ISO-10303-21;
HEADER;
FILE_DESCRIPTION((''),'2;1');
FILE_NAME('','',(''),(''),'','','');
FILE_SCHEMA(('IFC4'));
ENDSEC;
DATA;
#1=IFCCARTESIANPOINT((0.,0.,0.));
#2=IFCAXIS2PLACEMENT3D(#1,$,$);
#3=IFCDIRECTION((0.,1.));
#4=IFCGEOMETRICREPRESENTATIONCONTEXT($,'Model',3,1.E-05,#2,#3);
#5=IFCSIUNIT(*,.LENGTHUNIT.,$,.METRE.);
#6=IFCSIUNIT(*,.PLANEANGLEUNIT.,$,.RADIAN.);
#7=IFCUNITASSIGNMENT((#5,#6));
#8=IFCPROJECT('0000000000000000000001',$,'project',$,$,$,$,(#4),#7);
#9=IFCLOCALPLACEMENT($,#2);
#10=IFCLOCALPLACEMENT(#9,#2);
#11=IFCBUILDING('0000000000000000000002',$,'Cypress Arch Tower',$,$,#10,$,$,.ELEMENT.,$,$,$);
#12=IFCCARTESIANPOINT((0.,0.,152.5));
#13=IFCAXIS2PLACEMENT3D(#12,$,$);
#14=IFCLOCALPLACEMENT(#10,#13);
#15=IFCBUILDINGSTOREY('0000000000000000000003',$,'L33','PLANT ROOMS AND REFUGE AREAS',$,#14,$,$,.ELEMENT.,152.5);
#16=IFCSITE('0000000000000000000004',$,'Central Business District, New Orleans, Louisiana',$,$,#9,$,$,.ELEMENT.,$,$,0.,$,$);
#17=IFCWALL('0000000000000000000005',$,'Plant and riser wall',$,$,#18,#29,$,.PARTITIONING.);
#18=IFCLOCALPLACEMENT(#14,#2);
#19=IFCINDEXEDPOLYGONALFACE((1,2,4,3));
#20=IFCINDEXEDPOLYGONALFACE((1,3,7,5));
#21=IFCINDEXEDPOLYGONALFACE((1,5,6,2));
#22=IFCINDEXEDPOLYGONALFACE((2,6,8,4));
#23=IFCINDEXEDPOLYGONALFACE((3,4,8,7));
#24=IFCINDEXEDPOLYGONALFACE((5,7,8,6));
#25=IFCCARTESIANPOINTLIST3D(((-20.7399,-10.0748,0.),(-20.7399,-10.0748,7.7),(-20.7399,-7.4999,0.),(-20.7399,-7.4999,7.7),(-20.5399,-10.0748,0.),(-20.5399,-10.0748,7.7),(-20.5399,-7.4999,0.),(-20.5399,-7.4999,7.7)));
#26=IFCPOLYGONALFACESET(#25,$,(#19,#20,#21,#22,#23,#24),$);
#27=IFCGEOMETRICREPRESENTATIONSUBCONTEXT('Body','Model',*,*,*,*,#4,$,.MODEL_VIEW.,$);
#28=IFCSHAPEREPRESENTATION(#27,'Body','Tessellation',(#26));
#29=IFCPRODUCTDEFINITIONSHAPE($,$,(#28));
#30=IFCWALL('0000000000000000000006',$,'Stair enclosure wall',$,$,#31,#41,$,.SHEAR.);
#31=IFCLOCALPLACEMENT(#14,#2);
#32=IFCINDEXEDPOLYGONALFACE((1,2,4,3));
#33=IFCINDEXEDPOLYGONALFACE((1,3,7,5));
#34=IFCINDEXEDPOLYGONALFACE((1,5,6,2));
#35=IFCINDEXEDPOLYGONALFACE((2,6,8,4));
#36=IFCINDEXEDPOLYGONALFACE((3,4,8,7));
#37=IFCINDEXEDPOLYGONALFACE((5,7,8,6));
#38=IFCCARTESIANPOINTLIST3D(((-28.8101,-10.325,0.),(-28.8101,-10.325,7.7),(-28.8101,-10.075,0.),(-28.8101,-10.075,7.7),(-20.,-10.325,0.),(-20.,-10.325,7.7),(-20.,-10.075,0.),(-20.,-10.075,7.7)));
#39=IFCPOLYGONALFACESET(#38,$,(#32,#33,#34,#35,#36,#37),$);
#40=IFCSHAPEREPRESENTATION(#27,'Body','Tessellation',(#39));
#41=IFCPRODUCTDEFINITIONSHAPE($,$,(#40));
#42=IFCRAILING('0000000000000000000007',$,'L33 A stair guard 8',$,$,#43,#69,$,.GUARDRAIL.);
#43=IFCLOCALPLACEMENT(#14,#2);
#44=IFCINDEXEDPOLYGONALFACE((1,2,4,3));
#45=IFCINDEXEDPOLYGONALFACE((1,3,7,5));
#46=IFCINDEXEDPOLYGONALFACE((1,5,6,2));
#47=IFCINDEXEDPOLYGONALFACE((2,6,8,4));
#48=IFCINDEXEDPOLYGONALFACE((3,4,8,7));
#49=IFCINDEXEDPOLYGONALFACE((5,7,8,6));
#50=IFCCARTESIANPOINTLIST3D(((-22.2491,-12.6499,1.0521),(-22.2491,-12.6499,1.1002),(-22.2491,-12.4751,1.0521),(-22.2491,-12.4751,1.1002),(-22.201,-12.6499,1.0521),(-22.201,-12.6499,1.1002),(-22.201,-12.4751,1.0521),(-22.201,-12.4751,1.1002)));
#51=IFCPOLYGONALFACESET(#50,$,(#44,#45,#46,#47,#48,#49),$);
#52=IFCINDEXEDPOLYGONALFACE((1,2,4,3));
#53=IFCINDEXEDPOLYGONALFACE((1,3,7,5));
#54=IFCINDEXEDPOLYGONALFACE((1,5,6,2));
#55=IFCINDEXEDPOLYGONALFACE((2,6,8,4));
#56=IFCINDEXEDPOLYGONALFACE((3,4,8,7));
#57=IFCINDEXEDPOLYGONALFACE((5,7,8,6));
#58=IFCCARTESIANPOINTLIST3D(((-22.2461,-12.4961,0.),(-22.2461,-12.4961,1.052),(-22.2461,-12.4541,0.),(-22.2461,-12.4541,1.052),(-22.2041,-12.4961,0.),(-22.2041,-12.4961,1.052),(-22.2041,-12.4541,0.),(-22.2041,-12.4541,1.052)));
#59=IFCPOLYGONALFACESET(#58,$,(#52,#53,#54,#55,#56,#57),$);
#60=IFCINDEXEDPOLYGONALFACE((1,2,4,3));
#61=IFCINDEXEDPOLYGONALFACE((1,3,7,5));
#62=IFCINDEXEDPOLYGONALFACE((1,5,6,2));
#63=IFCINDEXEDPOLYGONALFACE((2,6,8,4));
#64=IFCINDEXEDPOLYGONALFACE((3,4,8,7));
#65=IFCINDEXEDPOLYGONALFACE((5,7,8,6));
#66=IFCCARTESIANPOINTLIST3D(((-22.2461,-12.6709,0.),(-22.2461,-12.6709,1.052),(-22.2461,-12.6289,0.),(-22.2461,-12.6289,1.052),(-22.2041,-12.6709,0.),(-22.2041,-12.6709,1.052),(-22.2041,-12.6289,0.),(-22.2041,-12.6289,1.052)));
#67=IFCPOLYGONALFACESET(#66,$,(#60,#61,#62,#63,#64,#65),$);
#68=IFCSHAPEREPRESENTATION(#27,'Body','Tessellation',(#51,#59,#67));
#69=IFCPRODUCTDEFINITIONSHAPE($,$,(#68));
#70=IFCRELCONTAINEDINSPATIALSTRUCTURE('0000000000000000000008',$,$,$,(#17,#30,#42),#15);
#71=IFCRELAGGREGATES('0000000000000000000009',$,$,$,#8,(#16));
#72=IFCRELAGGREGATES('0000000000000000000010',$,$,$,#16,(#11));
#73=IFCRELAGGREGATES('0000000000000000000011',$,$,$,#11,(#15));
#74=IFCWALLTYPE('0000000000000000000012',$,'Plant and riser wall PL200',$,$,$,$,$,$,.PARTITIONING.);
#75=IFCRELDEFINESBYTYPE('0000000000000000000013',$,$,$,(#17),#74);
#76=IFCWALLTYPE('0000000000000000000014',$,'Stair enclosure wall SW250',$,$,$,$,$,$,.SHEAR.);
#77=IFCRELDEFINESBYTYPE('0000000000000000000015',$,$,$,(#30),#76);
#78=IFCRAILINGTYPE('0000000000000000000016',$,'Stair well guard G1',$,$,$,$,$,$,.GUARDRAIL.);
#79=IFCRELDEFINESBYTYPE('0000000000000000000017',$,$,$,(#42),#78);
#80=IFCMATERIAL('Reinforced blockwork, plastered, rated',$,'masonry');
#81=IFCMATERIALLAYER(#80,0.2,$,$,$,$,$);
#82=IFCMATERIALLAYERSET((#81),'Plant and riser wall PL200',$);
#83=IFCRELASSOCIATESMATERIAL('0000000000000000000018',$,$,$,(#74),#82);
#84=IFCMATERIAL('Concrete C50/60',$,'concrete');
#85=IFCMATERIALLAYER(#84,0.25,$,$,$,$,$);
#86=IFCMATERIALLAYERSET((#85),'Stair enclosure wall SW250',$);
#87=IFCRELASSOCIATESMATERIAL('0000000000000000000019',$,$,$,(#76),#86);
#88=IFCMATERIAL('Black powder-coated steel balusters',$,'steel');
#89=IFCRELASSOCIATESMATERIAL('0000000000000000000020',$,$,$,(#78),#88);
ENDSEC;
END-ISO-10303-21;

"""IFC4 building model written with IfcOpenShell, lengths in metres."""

from ifc_helpers import new_model, si_unit, direction, frame, frame_2d, origin, origin_2d, place, context, subcontext, project, spatial, rectangle, extrude, material, layer, layer_set, type_object, element, save


model = new_model("IFC4")

# Units and contexts
model_context = context("Model", 3, precision=1e-05, world=origin(), true_north=direction((0.0, 1.0)))
body_context = subcontext(model_context, "Body", "Model", "MODEL_VIEW")
ifc_project = project(units=[si_unit("LENGTHUNIT", "METRE"), si_unit("PLANEANGLEUNIT", "RADIAN")], contexts=[model_context])

# Site, building, storey
site_placement = place(None, origin())
site = spatial("IfcSite", under=ifc_project, at=site_placement, Name="Central Business District, New Orleans, Louisiana", CompositionType="ELEMENT", RefElevation=0.0)
building_placement = place(site_placement, origin())
building = spatial("IfcBuilding", under=site, at=building_placement, Name="Cypress Arch Tower", CompositionType="ELEMENT")
storey_placement = place(building_placement, frame((0.0, 0.0, 152.5)))
storey = spatial("IfcBuildingStorey", under=building, at=storey_placement, Name="L33", Description="PLANT ROOMS AND REFUGE AREAS", CompositionType="ELEMENT", Elevation=152.5)

# Shared definitions
ifc_material_1 = material(Name="Reinforced blockwork, plastered, rated", Category="masonry")
ifc_layer_1 = layer(ifc_material_1, 0.2)
ifc_layer_set_1 = layer_set([ifc_layer_1], Name="Plant and riser wall PL200")
wall_type_1 = type_object("IfcWallType", Name="Plant and riser wall PL200", PredefinedType="PARTITIONING", material=ifc_layer_set_1)

# Walls
wall_1_placement = place(storey_placement, frame((-20.6399, -10.075, 0.0), z_axis=(0.0, 0.0, 1.0), x_axis=(0.0, 1.0, 0.0)))
element("IfcWall", 1, at=wall_1_placement, inside=storey, type_object=wall_type_1, Name="Plant and riser wall", PredefinedType="PARTITIONING", context=body_context, shape_type="SweptSolid", body=[
    extrude(rectangle(XDim=2.575, YDim=0.2, at=frame_2d((1.2876, 0.0))), origin(), (0.0, 0.0, 1.0), 7.7),
])
ifc_material_2 = material(Name="Concrete C50/60", Category="concrete")
ifc_layer_2 = layer(ifc_material_2, 0.25)
ifc_layer_set_2 = layer_set([ifc_layer_2], Name="Stair enclosure wall SW250")
wall_type_2 = type_object("IfcWallType", Name="Stair enclosure wall SW250", PredefinedType="SHEAR", material=ifc_layer_set_2)
wall_2_placement = place(storey_placement, frame((-28.8101, -10.2, 0.0), z_axis=(0.0, 0.0, 1.0), x_axis=(1.0, 0.0, 0.0)))
element("IfcWall", 2, at=wall_2_placement, inside=storey, type_object=wall_type_2, Name="Stair enclosure wall", PredefinedType="SHEAR", context=body_context, shape_type="SweptSolid", body=[
    extrude(rectangle(XDim=8.8101, YDim=0.25, at=frame_2d((4.405, 0.0))), origin(), (0.0, 0.0, 1.0), 7.7),
])

# Railing
ifc_material_3 = material(Name="Black powder-coated steel balusters", Category="steel")
railing_type = type_object("IfcRailingType", Name="Stair well guard G1", PredefinedType="GUARDRAIL", material=ifc_material_3)
railing_placement = place(storey_placement, frame((-22.2251, -12.4751, 0.0)))
element("IfcRailing", 3, at=railing_placement, inside=storey, type_object=railing_type, Name="L33 A stair guard 8", PredefinedType="GUARDRAIL", context=body_context, shape_type="SweptSolid", body=[
    extrude(rectangle(XDim=0.0481, YDim=0.0481, at=origin_2d()), frame((0.0, 0.0, 1.0762), z_axis=(0.0, -1.0, 0.0), x_axis=(1.0, 0.0, 0.0)), (0.0, 0.0, 1.0), 0.1748),
    extrude(rectangle(XDim=0.042, YDim=0.042, at=origin_2d()), origin(), (0.0, 0.0, 1.0), 1.052),
    extrude(rectangle(XDim=0.042, YDim=0.042, at=origin_2d()), frame((0.0, -0.1748, 0.0)), (0.0, 0.0, 1.0), 1.052),
])

save(model, "model.ifc")
